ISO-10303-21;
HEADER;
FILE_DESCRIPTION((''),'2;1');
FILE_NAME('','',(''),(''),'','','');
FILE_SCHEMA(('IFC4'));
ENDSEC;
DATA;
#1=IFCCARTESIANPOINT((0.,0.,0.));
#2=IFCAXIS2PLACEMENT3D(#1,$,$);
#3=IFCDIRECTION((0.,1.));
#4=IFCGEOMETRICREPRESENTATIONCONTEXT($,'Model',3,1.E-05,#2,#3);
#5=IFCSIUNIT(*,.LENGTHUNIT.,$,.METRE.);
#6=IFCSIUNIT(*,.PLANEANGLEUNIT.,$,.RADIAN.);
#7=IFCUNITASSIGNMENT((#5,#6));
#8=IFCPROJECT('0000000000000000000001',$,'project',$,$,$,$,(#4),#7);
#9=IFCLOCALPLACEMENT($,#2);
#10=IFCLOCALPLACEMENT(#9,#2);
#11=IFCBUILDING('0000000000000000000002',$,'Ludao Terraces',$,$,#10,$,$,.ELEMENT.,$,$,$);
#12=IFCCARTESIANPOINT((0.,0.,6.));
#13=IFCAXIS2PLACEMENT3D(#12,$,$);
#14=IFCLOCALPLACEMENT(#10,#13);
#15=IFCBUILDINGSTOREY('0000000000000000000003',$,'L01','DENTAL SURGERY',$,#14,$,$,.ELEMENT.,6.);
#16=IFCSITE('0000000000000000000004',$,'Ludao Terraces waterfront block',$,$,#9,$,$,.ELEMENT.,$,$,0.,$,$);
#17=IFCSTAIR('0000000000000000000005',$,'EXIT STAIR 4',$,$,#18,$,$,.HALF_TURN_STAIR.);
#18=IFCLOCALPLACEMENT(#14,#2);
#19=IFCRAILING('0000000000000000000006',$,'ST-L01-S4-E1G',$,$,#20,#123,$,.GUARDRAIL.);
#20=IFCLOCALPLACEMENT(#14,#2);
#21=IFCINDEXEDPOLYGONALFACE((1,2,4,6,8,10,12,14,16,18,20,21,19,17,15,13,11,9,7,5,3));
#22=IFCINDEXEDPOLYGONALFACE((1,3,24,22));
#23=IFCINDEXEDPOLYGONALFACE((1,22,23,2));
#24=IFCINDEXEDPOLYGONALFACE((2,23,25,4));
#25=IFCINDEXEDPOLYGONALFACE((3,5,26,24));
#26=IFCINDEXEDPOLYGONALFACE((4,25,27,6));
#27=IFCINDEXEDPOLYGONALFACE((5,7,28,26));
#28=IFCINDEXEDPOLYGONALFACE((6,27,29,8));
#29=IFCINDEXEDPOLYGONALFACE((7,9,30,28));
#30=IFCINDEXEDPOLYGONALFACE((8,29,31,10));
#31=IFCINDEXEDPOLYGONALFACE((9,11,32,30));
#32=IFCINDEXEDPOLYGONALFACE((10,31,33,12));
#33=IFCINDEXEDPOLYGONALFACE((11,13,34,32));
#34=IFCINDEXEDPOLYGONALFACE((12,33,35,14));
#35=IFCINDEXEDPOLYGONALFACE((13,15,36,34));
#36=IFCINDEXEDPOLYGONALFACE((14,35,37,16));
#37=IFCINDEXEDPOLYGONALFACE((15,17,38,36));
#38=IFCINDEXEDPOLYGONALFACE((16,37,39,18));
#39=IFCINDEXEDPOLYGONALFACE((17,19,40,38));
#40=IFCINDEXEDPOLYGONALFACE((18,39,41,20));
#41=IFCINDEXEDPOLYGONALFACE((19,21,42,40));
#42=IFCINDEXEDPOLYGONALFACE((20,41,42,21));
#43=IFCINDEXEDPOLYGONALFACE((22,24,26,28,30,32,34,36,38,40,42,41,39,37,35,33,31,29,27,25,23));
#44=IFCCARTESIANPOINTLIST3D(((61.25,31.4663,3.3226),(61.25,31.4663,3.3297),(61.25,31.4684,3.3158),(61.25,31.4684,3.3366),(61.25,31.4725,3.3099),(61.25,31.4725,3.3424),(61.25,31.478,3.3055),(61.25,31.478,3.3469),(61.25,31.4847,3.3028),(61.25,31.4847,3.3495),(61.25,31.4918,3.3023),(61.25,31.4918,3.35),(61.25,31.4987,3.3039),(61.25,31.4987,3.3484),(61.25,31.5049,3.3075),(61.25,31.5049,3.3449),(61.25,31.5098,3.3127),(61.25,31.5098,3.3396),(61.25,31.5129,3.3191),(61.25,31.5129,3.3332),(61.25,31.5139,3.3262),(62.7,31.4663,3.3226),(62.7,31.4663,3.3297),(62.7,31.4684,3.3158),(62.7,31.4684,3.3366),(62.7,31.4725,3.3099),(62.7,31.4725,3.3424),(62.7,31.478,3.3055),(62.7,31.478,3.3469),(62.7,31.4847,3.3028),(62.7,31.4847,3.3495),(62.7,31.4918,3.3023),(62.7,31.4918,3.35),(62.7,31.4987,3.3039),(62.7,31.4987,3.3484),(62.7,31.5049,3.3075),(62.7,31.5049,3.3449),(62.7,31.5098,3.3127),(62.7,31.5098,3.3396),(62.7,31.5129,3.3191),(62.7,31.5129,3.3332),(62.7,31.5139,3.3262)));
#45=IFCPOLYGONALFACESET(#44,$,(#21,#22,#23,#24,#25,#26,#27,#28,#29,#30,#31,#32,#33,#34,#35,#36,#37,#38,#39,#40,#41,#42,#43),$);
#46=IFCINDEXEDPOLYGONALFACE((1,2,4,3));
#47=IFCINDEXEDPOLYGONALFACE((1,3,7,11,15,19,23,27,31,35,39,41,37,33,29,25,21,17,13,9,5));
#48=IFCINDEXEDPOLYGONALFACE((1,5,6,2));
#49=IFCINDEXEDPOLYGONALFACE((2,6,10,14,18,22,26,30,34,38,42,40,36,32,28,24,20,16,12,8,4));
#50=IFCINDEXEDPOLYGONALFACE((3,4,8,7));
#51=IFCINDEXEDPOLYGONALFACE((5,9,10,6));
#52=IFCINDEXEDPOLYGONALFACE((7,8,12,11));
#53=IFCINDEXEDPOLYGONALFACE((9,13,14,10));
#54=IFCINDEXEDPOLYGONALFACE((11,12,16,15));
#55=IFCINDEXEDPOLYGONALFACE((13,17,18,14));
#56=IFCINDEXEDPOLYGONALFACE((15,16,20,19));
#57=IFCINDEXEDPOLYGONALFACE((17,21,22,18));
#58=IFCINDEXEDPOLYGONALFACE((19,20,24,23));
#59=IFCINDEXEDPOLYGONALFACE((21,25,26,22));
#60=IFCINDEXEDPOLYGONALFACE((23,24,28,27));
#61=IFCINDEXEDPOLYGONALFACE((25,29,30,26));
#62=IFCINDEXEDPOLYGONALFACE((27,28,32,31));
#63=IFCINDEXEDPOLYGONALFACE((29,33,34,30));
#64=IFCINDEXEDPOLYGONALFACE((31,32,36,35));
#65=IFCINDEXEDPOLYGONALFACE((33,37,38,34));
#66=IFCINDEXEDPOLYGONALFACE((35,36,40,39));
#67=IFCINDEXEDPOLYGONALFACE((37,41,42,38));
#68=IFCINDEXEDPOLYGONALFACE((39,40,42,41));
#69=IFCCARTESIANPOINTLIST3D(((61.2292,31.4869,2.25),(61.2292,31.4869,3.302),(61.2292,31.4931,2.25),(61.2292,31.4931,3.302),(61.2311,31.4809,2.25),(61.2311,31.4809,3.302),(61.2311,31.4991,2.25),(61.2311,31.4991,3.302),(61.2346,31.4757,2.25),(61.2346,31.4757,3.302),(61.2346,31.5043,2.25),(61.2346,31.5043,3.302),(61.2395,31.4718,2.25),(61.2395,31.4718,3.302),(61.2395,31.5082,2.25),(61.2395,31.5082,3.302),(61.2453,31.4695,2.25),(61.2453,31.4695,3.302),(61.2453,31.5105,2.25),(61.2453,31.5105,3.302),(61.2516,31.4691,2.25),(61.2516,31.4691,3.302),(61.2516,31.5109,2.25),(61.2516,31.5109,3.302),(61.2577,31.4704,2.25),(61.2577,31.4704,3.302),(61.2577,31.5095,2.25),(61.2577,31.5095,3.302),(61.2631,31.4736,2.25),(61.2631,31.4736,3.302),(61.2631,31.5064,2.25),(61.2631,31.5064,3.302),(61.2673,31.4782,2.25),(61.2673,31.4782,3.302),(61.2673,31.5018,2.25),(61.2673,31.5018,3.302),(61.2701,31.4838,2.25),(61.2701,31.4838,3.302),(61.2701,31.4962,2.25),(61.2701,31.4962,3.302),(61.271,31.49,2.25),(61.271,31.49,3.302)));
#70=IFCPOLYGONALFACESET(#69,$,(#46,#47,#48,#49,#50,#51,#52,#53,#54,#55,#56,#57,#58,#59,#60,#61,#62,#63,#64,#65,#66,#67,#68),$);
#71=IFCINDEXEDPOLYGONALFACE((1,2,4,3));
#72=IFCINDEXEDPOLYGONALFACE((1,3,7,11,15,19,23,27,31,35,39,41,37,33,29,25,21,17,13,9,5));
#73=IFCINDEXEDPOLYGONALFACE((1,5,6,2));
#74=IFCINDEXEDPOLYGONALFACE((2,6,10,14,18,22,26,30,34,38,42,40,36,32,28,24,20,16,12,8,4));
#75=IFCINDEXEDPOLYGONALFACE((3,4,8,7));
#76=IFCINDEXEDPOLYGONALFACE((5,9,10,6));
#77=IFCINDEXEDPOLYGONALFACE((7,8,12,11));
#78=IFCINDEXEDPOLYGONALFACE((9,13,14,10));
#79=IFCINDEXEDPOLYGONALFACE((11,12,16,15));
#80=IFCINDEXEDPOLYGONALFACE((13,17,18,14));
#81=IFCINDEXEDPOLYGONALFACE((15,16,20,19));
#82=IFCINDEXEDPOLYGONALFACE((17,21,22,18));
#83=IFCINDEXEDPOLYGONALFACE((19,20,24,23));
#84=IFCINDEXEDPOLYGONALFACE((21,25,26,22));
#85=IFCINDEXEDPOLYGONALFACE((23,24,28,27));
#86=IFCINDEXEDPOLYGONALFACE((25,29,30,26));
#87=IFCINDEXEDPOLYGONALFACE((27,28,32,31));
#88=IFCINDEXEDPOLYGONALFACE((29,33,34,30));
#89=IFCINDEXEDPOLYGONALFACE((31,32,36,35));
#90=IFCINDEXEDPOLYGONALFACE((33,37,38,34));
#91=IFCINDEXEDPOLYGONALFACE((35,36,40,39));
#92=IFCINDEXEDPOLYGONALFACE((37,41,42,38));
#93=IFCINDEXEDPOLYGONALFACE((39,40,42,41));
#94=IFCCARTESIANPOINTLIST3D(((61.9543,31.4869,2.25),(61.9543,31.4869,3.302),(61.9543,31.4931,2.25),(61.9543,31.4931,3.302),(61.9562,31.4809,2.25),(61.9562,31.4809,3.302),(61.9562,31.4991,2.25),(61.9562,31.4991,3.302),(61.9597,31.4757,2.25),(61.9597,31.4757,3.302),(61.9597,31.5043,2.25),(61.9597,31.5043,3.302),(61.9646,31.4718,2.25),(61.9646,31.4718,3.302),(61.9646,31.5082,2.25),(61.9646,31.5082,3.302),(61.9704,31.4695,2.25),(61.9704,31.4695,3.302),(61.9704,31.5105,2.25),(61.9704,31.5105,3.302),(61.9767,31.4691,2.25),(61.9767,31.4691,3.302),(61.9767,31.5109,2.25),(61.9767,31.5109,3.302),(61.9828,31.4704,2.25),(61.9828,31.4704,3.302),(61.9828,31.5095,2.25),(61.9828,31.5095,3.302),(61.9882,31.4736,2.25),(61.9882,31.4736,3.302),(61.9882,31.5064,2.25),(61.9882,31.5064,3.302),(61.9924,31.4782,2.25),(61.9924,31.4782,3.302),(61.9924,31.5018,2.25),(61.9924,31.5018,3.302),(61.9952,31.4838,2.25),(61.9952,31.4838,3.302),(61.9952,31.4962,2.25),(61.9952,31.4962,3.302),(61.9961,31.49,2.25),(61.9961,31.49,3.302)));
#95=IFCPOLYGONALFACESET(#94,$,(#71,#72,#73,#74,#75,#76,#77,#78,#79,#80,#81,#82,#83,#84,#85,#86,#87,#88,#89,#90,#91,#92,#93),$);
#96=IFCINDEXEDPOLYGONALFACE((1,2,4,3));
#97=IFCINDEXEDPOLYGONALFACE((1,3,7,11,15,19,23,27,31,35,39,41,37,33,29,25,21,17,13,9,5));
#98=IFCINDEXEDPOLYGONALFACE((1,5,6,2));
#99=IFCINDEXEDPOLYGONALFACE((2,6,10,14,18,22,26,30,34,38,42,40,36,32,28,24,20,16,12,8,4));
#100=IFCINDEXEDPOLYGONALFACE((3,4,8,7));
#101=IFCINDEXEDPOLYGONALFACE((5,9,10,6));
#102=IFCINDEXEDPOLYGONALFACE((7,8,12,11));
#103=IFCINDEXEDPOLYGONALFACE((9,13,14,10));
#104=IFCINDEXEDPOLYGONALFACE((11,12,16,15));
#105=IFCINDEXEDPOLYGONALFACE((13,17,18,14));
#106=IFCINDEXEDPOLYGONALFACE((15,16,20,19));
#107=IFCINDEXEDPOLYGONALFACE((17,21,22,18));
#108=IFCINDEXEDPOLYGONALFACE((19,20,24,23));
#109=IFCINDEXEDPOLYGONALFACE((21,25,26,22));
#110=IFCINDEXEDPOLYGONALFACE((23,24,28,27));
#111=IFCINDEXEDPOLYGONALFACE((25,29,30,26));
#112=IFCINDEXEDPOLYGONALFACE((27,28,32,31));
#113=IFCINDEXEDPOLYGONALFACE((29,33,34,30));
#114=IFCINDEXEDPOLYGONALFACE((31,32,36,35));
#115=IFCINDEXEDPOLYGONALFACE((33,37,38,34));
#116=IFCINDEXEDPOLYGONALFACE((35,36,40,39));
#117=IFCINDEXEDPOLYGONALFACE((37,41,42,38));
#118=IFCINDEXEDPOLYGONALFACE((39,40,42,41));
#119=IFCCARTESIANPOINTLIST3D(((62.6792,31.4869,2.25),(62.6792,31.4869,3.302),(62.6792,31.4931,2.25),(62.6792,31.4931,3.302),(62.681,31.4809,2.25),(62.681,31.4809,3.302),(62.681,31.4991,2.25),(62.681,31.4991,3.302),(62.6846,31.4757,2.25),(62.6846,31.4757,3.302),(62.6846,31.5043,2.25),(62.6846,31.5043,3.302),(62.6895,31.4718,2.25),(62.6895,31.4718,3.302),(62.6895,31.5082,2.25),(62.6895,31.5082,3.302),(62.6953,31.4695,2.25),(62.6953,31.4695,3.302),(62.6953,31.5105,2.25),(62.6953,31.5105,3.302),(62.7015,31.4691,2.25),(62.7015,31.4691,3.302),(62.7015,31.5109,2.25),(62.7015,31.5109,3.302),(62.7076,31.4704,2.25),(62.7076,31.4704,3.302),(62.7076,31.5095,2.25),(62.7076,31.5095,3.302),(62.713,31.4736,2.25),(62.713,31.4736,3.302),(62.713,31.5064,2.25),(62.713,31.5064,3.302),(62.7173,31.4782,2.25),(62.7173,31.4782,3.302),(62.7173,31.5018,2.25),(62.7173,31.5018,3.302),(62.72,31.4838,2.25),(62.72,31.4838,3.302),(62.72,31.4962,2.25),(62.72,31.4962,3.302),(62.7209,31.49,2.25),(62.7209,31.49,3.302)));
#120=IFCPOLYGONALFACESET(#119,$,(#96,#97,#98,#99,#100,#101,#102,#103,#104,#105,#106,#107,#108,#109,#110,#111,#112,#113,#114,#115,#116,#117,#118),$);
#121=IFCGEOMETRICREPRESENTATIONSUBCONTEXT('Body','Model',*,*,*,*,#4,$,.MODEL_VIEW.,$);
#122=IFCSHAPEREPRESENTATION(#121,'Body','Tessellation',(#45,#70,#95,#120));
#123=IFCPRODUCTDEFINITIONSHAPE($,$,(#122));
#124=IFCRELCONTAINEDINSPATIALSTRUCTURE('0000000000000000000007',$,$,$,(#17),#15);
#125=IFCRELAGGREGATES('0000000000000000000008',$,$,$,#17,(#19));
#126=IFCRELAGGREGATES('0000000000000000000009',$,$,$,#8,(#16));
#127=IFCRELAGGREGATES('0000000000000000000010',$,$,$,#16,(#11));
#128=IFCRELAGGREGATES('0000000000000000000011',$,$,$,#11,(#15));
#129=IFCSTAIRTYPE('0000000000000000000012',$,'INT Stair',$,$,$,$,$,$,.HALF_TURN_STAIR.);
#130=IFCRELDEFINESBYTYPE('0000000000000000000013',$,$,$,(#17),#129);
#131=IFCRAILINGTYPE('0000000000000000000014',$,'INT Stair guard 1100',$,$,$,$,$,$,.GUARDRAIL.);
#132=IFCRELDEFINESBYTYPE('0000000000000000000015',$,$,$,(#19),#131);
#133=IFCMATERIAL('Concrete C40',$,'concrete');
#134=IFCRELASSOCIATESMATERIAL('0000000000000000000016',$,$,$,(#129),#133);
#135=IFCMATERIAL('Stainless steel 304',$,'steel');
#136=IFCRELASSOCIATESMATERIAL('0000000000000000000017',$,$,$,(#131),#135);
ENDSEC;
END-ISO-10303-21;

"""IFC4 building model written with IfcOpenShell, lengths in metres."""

from ifc_helpers import new_model, si_unit, direction, frame, origin, origin_2d, place, context, subcontext, project, spatial, circle, extrude, material, type_object, element, aggregate, save


model = new_model("IFC4")

# Units and contexts
model_context = context("Model", 3, precision=1e-05, world=origin(), true_north=direction((0.0, 1.0)))
body_context = subcontext(model_context, "Body", "Model", "MODEL_VIEW")
ifc_project = project(units=[si_unit("LENGTHUNIT", "METRE"), si_unit("PLANEANGLEUNIT", "RADIAN")], contexts=[model_context])

# Site, building, storey
site_placement = place(None, origin())
site = spatial("IfcSite", under=ifc_project, at=site_placement, Name="Ludao Terraces waterfront block", CompositionType="ELEMENT", RefElevation=0.0)
building_placement = place(site_placement, origin())
building = spatial("IfcBuilding", under=site, at=building_placement, Name="Ludao Terraces", CompositionType="ELEMENT")
storey_placement = place(building_placement, frame((0.0, 0.0, 6.0)))
storey = spatial("IfcBuildingStorey", under=building, at=storey_placement, Name="L01", Description="DENTAL SURGERY", CompositionType="ELEMENT", Elevation=6.0)

# Shared definitions
ifc_material_1 = material(Name="Concrete C40", Category="concrete")

# Stair, railing
stair_type = type_object("IfcStairType", Name="INT Stair", PredefinedType="HALF_TURN_STAIR", material=ifc_material_1)
stair_placement = place(storey_placement, origin())
stair = element("IfcStair", 1, at=stair_placement, inside=storey, type_object=stair_type, Name="EXIT STAIR 4", PredefinedType="HALF_TURN_STAIR")
ifc_material_2 = material(Name="Stainless steel 304", Category="steel")
railing_type_1 = type_object("IfcRailingType", Name="INT Stair guard 1100", PredefinedType="GUARDRAIL", material=ifc_material_2)
railing_1_placement = place(storey_placement, frame((61.25, 31.49, 2.25)))
railing_1 = element("IfcRailing", 2, at=railing_1_placement, type_object=railing_type_1, Name="ST-L01-S4-E1G", PredefinedType="GUARDRAIL", context=body_context, shape_type="SweptSolid", body=[
    extrude(circle(Radius=0.0239, at=origin_2d()), frame((0.0, 0.0, 1.0762), z_axis=(1.0, 0.0, 0.0), x_axis=(0.0, 1.0, 0.0)), (0.0, 0.0, 1.0), 1.45),
    extrude(circle(Radius=0.021, at=origin_2d()), origin(), (0.0, 0.0, 1.0), 1.052),
    extrude(circle(Radius=0.021, at=origin_2d()), frame((0.7251, 0.0, 0.0)), (0.0, 0.0, 1.0), 1.052),
    extrude(circle(Radius=0.021, at=origin_2d()), frame((1.45, 0.0, 0.0)), (0.0, 0.0, 1.0), 1.052),
])
aggregate(stair, [railing_1])

save(model, "model.ifc")
